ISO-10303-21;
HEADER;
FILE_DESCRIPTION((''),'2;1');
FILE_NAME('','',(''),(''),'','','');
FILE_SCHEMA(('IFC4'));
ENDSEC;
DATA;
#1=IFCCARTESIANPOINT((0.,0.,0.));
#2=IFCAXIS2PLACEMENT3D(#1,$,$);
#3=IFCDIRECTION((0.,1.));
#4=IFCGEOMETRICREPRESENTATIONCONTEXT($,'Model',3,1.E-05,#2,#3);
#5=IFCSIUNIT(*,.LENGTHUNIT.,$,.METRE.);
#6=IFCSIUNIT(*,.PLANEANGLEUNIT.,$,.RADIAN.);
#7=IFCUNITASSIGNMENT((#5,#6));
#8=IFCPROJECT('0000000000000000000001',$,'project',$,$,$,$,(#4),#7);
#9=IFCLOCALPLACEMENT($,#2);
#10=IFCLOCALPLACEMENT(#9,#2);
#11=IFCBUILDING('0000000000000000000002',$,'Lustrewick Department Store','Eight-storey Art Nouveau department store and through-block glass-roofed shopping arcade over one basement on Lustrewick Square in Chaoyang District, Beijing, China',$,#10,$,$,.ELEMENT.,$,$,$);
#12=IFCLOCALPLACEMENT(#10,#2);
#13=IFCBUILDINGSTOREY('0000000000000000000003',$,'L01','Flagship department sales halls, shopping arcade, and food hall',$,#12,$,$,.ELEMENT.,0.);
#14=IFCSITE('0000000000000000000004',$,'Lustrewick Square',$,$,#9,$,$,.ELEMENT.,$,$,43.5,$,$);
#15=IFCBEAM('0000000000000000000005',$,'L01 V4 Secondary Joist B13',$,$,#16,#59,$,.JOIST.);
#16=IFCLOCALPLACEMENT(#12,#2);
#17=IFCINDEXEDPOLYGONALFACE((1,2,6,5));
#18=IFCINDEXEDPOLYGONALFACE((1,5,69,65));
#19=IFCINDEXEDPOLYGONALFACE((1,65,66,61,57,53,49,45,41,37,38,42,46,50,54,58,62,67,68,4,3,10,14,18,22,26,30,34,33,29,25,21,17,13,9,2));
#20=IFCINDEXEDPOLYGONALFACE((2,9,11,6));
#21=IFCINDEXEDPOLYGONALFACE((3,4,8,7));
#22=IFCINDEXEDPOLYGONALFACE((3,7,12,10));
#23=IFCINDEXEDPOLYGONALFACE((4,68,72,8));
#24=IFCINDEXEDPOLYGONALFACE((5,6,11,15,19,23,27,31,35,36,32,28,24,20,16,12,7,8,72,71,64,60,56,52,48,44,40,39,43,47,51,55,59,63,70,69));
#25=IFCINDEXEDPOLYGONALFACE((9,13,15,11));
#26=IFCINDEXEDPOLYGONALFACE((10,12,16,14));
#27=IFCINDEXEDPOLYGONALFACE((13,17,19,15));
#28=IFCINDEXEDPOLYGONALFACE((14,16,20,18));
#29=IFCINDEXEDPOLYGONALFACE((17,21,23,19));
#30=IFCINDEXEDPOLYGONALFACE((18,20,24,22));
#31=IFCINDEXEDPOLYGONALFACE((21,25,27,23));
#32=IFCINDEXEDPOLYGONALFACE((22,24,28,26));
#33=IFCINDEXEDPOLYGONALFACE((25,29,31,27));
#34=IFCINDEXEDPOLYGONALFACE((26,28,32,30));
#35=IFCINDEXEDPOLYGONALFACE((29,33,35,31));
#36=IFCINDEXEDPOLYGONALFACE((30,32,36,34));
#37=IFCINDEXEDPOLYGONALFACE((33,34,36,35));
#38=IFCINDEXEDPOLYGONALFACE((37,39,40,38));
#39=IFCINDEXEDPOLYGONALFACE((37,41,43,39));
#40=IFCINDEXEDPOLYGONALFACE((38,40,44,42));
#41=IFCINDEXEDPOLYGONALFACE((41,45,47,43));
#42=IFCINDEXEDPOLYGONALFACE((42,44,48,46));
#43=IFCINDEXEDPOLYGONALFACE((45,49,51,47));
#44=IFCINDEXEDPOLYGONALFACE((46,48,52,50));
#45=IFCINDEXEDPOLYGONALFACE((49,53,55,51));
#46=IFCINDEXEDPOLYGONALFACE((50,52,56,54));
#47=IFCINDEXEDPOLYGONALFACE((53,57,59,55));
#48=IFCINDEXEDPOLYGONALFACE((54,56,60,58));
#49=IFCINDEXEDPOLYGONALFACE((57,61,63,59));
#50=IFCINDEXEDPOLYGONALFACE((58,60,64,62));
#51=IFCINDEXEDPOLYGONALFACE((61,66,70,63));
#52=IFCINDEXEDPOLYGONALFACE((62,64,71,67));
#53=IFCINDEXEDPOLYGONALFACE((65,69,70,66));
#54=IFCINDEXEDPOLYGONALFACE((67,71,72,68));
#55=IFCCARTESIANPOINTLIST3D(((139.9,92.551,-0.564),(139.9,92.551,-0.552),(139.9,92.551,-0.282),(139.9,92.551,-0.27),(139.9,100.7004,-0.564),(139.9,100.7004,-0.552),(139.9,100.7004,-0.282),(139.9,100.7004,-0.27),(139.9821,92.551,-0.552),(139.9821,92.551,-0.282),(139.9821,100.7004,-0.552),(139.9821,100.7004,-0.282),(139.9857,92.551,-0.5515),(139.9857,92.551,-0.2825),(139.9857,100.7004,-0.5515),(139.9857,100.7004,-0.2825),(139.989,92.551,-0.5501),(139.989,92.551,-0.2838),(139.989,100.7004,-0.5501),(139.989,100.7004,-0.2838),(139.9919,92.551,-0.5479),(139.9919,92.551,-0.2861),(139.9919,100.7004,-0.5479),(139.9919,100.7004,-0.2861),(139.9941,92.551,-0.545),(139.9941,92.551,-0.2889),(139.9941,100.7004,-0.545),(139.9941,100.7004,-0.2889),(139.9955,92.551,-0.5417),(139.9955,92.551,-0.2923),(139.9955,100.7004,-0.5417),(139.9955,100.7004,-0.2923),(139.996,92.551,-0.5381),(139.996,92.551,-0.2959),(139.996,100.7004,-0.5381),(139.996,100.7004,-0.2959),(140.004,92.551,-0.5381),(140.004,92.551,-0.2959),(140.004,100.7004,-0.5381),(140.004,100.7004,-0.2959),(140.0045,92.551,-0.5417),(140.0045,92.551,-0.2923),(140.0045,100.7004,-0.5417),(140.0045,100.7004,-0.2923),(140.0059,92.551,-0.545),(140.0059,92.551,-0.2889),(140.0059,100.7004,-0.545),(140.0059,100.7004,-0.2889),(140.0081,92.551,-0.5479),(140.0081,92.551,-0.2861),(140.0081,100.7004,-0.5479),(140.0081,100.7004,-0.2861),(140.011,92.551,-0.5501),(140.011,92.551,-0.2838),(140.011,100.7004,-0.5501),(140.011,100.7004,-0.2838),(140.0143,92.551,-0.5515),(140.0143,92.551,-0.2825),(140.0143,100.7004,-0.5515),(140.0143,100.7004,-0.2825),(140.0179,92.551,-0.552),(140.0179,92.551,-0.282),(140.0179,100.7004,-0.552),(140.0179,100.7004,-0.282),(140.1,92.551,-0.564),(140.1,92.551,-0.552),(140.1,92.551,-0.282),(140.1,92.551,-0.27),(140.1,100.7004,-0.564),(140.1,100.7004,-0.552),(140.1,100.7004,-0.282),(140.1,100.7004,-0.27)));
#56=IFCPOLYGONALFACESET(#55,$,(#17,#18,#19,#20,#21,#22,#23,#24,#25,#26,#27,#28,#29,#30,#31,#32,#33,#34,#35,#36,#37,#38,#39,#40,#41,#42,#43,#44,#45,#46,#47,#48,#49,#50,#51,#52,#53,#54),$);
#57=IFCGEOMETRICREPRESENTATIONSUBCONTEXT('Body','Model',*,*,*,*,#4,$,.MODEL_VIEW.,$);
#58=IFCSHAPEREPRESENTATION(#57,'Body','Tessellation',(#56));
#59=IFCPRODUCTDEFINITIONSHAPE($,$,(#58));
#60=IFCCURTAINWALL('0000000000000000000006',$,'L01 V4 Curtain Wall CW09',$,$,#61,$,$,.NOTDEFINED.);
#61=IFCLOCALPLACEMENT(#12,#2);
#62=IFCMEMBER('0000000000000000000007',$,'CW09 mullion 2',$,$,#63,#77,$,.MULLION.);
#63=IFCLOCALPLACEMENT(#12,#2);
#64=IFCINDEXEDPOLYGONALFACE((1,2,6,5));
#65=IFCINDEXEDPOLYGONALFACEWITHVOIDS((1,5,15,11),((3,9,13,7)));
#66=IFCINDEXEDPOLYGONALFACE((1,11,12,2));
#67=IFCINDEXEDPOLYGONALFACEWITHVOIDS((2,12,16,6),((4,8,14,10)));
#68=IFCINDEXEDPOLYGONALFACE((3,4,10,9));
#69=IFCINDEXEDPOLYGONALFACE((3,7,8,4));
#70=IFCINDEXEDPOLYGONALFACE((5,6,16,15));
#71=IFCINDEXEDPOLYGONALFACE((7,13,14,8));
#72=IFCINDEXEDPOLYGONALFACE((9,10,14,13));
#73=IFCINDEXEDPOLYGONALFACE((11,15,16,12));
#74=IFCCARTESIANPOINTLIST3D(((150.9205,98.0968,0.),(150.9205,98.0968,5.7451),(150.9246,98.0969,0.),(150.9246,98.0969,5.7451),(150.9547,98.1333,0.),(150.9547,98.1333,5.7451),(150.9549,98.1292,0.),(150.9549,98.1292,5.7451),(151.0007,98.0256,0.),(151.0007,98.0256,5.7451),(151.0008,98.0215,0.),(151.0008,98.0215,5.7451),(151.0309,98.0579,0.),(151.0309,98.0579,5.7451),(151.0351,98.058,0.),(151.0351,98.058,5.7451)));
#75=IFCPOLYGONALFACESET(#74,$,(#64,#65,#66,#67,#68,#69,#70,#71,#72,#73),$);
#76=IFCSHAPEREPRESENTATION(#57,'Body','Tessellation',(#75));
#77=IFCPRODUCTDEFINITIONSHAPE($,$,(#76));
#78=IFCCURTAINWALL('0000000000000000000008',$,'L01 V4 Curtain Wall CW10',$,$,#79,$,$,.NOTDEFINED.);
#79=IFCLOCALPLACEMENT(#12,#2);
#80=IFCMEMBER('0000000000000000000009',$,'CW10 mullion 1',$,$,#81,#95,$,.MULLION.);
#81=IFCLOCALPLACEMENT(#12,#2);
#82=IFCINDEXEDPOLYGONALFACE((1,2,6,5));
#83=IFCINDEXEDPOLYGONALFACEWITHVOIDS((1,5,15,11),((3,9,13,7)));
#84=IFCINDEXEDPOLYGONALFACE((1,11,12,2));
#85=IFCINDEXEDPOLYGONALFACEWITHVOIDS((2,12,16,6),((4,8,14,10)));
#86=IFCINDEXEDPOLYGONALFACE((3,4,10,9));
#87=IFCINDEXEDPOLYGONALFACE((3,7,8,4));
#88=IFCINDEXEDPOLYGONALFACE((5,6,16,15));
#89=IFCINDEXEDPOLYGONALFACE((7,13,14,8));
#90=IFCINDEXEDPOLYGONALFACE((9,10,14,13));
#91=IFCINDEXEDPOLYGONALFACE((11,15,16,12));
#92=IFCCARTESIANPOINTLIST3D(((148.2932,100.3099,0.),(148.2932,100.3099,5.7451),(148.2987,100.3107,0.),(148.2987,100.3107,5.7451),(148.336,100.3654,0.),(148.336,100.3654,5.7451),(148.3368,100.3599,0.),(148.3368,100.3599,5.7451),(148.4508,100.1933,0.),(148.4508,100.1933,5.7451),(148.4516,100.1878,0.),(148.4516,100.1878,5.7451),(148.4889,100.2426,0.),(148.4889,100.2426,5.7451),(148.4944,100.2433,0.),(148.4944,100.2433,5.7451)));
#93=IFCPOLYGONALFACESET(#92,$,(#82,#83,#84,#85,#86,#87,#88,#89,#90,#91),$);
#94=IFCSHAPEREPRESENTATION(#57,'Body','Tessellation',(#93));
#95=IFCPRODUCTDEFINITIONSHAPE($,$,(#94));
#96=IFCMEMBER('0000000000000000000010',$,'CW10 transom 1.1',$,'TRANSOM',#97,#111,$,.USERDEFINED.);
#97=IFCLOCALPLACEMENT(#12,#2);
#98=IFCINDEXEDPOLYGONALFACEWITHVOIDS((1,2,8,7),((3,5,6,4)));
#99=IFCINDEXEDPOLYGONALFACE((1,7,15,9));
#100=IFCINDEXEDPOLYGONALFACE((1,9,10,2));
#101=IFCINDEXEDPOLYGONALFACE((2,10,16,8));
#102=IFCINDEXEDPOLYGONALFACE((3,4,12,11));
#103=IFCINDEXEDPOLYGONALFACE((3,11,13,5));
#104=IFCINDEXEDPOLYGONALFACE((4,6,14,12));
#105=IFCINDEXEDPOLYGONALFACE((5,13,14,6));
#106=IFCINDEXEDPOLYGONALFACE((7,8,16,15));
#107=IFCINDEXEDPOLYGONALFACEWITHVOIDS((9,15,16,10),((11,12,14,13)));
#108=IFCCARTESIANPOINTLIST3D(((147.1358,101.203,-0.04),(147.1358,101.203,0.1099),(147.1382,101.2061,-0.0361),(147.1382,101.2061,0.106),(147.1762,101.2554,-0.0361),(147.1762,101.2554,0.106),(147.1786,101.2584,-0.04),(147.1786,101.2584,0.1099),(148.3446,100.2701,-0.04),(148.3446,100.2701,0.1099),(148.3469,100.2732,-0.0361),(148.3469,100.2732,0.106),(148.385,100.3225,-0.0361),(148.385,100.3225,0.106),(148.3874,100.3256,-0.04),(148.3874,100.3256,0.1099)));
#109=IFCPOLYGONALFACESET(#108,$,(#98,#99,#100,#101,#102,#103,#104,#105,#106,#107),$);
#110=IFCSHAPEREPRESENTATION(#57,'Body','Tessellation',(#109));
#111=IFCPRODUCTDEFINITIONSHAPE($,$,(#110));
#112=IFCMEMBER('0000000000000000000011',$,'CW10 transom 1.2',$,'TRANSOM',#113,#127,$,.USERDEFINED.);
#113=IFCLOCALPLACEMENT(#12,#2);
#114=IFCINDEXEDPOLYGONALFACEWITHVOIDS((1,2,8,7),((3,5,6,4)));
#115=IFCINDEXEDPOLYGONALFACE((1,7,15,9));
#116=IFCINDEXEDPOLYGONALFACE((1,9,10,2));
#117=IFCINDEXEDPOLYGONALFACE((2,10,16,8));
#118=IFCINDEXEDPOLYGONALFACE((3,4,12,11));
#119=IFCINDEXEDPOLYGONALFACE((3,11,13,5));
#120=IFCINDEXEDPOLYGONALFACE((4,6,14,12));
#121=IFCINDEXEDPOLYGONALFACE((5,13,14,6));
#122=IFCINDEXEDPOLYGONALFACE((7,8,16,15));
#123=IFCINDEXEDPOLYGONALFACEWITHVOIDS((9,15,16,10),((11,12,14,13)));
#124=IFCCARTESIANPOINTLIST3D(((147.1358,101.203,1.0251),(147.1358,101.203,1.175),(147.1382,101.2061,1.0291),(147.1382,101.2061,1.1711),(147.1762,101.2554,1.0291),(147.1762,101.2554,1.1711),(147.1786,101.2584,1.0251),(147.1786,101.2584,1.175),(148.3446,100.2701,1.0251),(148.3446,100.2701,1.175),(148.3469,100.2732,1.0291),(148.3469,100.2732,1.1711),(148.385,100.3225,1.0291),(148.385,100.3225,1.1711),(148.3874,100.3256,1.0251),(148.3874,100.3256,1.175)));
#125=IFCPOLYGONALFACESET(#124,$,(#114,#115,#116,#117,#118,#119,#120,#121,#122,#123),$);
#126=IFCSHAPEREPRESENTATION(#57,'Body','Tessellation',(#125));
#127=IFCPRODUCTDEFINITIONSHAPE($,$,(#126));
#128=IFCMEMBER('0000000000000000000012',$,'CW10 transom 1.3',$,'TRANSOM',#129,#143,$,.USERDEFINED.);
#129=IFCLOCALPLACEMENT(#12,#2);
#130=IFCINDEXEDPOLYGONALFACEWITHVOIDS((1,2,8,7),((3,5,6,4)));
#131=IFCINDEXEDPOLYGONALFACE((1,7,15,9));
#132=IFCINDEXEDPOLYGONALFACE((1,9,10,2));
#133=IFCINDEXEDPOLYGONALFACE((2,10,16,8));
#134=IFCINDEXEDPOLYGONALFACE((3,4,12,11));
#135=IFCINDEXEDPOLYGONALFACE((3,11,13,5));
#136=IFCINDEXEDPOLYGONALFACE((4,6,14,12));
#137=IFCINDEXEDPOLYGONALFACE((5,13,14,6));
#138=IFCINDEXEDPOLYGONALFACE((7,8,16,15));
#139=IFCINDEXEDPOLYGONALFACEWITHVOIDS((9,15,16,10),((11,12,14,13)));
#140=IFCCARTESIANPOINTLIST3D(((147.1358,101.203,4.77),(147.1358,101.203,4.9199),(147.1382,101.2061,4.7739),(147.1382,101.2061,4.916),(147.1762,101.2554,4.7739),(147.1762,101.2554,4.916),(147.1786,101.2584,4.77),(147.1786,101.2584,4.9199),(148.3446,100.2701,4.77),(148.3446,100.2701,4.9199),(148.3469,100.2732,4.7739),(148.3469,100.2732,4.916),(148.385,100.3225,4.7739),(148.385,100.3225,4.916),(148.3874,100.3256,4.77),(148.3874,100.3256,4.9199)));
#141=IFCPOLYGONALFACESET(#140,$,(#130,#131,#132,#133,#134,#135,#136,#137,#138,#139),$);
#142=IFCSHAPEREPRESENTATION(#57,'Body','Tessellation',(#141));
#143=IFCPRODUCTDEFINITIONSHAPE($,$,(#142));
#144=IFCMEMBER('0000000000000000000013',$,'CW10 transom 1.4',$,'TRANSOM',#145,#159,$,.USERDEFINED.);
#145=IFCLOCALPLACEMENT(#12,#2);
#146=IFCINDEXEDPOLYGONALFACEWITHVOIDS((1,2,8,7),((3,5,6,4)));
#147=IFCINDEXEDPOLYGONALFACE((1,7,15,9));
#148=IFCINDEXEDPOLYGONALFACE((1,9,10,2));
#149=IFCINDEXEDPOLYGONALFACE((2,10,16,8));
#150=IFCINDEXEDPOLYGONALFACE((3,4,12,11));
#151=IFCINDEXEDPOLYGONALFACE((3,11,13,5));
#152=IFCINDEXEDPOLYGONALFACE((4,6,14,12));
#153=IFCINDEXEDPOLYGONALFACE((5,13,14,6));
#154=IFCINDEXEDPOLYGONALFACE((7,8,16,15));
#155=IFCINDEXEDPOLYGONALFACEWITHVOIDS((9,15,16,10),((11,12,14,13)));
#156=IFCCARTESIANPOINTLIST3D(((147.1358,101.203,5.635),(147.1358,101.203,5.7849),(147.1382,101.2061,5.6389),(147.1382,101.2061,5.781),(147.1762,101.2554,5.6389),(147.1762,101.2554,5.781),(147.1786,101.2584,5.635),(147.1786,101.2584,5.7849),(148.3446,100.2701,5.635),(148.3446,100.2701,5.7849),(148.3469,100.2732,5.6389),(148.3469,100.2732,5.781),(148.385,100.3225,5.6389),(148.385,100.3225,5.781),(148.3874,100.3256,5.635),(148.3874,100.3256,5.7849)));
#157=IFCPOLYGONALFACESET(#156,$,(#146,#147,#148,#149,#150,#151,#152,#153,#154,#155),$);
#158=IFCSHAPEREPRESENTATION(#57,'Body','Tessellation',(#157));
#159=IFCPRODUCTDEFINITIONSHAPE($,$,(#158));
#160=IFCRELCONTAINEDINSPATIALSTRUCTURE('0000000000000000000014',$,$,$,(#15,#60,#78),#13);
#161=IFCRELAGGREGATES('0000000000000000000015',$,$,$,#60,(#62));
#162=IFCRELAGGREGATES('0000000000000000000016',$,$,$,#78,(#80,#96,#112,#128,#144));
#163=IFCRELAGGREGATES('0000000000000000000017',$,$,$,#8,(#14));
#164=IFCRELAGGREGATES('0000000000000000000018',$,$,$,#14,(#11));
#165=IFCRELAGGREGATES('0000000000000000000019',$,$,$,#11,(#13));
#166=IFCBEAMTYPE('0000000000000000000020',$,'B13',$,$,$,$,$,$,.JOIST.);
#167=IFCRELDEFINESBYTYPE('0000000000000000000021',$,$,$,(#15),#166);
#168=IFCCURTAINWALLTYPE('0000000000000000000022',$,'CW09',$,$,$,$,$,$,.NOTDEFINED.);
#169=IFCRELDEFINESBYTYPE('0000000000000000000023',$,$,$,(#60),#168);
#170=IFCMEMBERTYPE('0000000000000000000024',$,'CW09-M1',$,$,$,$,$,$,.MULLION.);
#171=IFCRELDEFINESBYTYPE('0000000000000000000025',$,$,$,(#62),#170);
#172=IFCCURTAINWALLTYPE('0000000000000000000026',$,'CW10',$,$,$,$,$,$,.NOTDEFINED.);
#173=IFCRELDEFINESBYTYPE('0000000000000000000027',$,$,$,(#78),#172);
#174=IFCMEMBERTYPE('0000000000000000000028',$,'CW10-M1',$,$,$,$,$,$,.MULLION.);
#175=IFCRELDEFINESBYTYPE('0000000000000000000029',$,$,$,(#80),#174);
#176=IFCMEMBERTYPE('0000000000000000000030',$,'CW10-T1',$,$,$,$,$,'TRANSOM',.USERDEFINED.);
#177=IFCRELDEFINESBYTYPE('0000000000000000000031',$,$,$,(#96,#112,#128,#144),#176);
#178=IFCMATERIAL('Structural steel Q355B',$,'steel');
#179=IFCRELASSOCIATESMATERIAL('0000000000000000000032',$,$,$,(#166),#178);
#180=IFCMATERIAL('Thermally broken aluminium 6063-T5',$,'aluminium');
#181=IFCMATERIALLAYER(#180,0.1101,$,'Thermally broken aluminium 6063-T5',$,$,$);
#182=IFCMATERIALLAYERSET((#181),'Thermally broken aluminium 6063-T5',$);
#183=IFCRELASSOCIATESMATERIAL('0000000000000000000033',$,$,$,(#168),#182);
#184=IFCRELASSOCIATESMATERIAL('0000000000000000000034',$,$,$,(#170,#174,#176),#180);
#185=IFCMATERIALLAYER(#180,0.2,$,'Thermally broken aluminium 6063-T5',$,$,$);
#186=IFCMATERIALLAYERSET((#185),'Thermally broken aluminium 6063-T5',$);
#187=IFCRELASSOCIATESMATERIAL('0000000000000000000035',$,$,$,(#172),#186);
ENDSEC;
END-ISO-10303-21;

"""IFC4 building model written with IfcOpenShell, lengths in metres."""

from ifc_helpers import new_model, si_unit, direction, frame, origin, origin_2d, place, context, subcontext, project, spatial, hollow_rectangle, i_section, extrude, material, layer, layer_set, material_profile, profile_set, type_object, element, aggregate, save


model = new_model("IFC4")

# Units and contexts
model_context = context("Model", 3, precision=1e-05, world=origin(), true_north=direction((0.0, 1.0)))
body_context = subcontext(model_context, "Body", "Model", "MODEL_VIEW")
ifc_project = project(units=[si_unit("LENGTHUNIT", "METRE"), si_unit("PLANEANGLEUNIT", "RADIAN")], contexts=[model_context])

# Site, building, storey
site_placement = place(None, origin())
site = spatial("IfcSite", under=ifc_project, at=site_placement, Name="Lustrewick Square", CompositionType="ELEMENT", RefElevation=43.5)
building_placement = place(site_placement, origin())
building = spatial("IfcBuilding", under=site, at=building_placement, Name="Lustrewick Department Store", Description="Eight-storey Art Nouveau department store and through-block glass-roofed shopping arcade over one basement on Lustrewick Square in Chaoyang District, Beijing, China", CompositionType="ELEMENT")
storey_placement = place(building_placement, origin())
storey = spatial("IfcBuildingStorey", under=building, at=storey_placement, Name="L01", Description="Flagship department sales halls, shopping arcade, and food hall", CompositionType="ELEMENT", Elevation=0.0)

# Shared definitions
ifc_material_1 = material(Name="Structural steel Q355B", Category="steel")

# Beam
ifc_material_profile_1 = material_profile(ifc_material_1, i_section(OverallWidth=0.2, OverallDepth=0.2939, WebThickness=0.0081, FlangeThickness=0.012, FilletRadius=0.0139, at=origin_2d()), Name="HM 294x200x8x12")
ifc_profile_set_1 = profile_set([ifc_material_profile_1], Name="Structural steel Q355B")
beam_type_1 = type_object("IfcBeamType", Name="B13", PredefinedType="JOIST", material=ifc_profile_set_1)
for number, where, z_axis, x_axis, name in (
    (1, (140.0, 92.551, -0.417), (0.0, 1.0, 0.0), (-1.0, 0.0, 0.0), "L01 V4 Secondary Joist B13"),
):
    element("IfcBeam", number, at=place(storey_placement, frame(where, z_axis=z_axis, x_axis=x_axis)), inside=storey, type_object=beam_type_1, Name=name, PredefinedType="JOIST", context=body_context, shape_type="SweptSolid", body=[
        extrude(i_section(OverallWidth=0.2, OverallDepth=0.2939, WebThickness=0.0081, FlangeThickness=0.012, FilletRadius=0.0139, at=origin_2d()), origin(), (0.0, 0.0, 1.0), 8.1494),
    ])

# Curtain wall, member
ifc_material_2 = material(Name="Thermally broken aluminium 6063-T5", Category="aluminium")
ifc_layer_1 = layer(ifc_material_2, 0.1101, Name="Thermally broken aluminium 6063-T5")
ifc_layer_set_1 = layer_set([ifc_layer_1], Name="Thermally broken aluminium 6063-T5")
curtain_wall_type_1 = type_object("IfcCurtainWallType", Name="CW09", PredefinedType="NOTDEFINED", material=ifc_layer_set_1)
curtain_wall_1_placement = place(storey_placement, origin())
curtain_wall_1 = element("IfcCurtainWall", 2, at=curtain_wall_1_placement, inside=storey, type_object=curtain_wall_type_1, Name="L01 V4 Curtain Wall CW09", PredefinedType="NOTDEFINED")
ifc_material_profile_2 = material_profile(ifc_material_2, hollow_rectangle(XDim=0.05, YDim=0.1101, WallThickness=0.0029, at=origin_2d()), Name="ALU-M 50x110x3")
ifc_profile_set_2 = profile_set([ifc_material_profile_2], Name="Thermally broken aluminium 6063-T5")
member_type_1 = type_object("IfcMemberType", Name="CW09-M1", PredefinedType="MULLION", material=ifc_profile_set_2)
member_1_placement = place(storey_placement, frame((150.9778, 98.0774, 0.0), z_axis=(0.0, 0.0, 1.0), x_axis=(-0.684067, -0.729419, 0.0)))
member_1 = element("IfcMember", 3, at=member_1_placement, type_object=member_type_1, Name="CW09 mullion 2", PredefinedType="MULLION", context=body_context, shape_type="SweptSolid", body=[
    extrude(hollow_rectangle(XDim=0.05, YDim=0.1101, WallThickness=0.0029, at=origin_2d()), origin(), (0.0, 0.0, 1.0), 5.7451),
])
aggregate(curtain_wall_1, [member_1])

# Curtain wall, members
ifc_layer_2 = layer(ifc_material_2, 0.2, Name="Thermally broken aluminium 6063-T5")
ifc_layer_set_2 = layer_set([ifc_layer_2], Name="Thermally broken aluminium 6063-T5")
curtain_wall_type_2 = type_object("IfcCurtainWallType", Name="CW10", PredefinedType="NOTDEFINED", material=ifc_layer_set_2)
curtain_wall_2_placement = place(storey_placement, origin())
curtain_wall_2 = element("IfcCurtainWall", 4, at=curtain_wall_2_placement, inside=storey, type_object=curtain_wall_type_2, Name="L01 V4 Curtain Wall CW10", PredefinedType="NOTDEFINED")
ifc_material_profile_3 = material_profile(ifc_material_2, hollow_rectangle(XDim=0.0701, YDim=0.2, WallThickness=0.0039, at=origin_2d()), Name="ALU-M 70x200x4")
ifc_profile_set_3 = profile_set([ifc_material_profile_3], Name="Thermally broken aluminium 6063-T5")
member_type_2 = type_object("IfcMemberType", Name="CW10-M1", PredefinedType="MULLION", material=ifc_profile_set_3)
member_2_placement = place(storey_placement, frame((148.3938, 100.2766, 0.0), z_axis=(0.0, 0.0, 1.0), x_axis=(-0.610867, -0.791733, 0.0)))
member_2 = element("IfcMember", 5, at=member_2_placement, type_object=member_type_2, Name="CW10 mullion 1", PredefinedType="MULLION", context=body_context, shape_type="SweptSolid", body=[
    extrude(hollow_rectangle(XDim=0.0701, YDim=0.2, WallThickness=0.0039, at=origin_2d()), origin(), (0.0, 0.0, 1.0), 5.7451),
])
ifc_material_profile_4 = material_profile(ifc_material_2, hollow_rectangle(XDim=0.0701, YDim=0.1499, WallThickness=0.0039, at=origin_2d()), Name="ALU-T 70x150x4")
ifc_profile_set_4 = profile_set([ifc_material_profile_4], Name="Thermally broken aluminium 6063-T5")
member_type_3 = type_object("IfcMemberType", Name="CW10-T1", ElementType="TRANSOM", PredefinedType="USERDEFINED", material=ifc_profile_set_4)
member_3_placement = place(storey_placement, frame((148.366, 100.2979, 0.0349), z_axis=(-0.791654, 0.61097, 0.0), x_axis=(-0.61097, -0.791654, 0.0)))
member_3 = element("IfcMember", 6, at=member_3_placement, type_object=member_type_3, Name="CW10 transom 1.1", ObjectType="TRANSOM", PredefinedType="USERDEFINED", context=body_context, shape_type="SweptSolid", body=[
    extrude(hollow_rectangle(XDim=0.0701, YDim=0.1499, WallThickness=0.0039, at=origin_2d()), origin(), (0.0, 0.0, 1.0), 1.5269),
])
member_4_placement = place(storey_placement, frame((148.366, 100.2979, 1.1001), z_axis=(-0.791654, 0.61097, 0.0), x_axis=(-0.61097, -0.791654, 0.0)))
member_4 = element("IfcMember", 7, at=member_4_placement, type_object=member_type_3, Name="CW10 transom 1.2", ObjectType="TRANSOM", PredefinedType="USERDEFINED", context=body_context, shape_type="SweptSolid", body=[
    extrude(hollow_rectangle(XDim=0.0701, YDim=0.1499, WallThickness=0.0039, at=origin_2d()), origin(), (0.0, 0.0, 1.0), 1.5269),
])
member_5_placement = place(storey_placement, frame((148.366, 100.2979, 4.845), z_axis=(-0.791654, 0.61097, 0.0), x_axis=(-0.61097, -0.791654, 0.0)))
member_5 = element("IfcMember", 8, at=member_5_placement, type_object=member_type_3, Name="CW10 transom 1.3", ObjectType="TRANSOM", PredefinedType="USERDEFINED", context=body_context, shape_type="SweptSolid", body=[
    extrude(hollow_rectangle(XDim=0.0701, YDim=0.1499, WallThickness=0.0039, at=origin_2d()), origin(), (0.0, 0.0, 1.0), 1.5269),
])
member_6_placement = place(storey_placement, frame((148.366, 100.2979, 5.71), z_axis=(-0.791654, 0.61097, 0.0), x_axis=(-0.61097, -0.791654, 0.0)))
member_6 = element("IfcMember", 9, at=member_6_placement, type_object=member_type_3, Name="CW10 transom 1.4", ObjectType="TRANSOM", PredefinedType="USERDEFINED", context=body_context, shape_type="SweptSolid", body=[
    extrude(hollow_rectangle(XDim=0.0701, YDim=0.1499, WallThickness=0.0039, at=origin_2d()), origin(), (0.0, 0.0, 1.0), 1.5269),
])

aggregate(curtain_wall_2, [member_2, member_3, member_4, member_5, member_6])

save(model, "model.ifc")
